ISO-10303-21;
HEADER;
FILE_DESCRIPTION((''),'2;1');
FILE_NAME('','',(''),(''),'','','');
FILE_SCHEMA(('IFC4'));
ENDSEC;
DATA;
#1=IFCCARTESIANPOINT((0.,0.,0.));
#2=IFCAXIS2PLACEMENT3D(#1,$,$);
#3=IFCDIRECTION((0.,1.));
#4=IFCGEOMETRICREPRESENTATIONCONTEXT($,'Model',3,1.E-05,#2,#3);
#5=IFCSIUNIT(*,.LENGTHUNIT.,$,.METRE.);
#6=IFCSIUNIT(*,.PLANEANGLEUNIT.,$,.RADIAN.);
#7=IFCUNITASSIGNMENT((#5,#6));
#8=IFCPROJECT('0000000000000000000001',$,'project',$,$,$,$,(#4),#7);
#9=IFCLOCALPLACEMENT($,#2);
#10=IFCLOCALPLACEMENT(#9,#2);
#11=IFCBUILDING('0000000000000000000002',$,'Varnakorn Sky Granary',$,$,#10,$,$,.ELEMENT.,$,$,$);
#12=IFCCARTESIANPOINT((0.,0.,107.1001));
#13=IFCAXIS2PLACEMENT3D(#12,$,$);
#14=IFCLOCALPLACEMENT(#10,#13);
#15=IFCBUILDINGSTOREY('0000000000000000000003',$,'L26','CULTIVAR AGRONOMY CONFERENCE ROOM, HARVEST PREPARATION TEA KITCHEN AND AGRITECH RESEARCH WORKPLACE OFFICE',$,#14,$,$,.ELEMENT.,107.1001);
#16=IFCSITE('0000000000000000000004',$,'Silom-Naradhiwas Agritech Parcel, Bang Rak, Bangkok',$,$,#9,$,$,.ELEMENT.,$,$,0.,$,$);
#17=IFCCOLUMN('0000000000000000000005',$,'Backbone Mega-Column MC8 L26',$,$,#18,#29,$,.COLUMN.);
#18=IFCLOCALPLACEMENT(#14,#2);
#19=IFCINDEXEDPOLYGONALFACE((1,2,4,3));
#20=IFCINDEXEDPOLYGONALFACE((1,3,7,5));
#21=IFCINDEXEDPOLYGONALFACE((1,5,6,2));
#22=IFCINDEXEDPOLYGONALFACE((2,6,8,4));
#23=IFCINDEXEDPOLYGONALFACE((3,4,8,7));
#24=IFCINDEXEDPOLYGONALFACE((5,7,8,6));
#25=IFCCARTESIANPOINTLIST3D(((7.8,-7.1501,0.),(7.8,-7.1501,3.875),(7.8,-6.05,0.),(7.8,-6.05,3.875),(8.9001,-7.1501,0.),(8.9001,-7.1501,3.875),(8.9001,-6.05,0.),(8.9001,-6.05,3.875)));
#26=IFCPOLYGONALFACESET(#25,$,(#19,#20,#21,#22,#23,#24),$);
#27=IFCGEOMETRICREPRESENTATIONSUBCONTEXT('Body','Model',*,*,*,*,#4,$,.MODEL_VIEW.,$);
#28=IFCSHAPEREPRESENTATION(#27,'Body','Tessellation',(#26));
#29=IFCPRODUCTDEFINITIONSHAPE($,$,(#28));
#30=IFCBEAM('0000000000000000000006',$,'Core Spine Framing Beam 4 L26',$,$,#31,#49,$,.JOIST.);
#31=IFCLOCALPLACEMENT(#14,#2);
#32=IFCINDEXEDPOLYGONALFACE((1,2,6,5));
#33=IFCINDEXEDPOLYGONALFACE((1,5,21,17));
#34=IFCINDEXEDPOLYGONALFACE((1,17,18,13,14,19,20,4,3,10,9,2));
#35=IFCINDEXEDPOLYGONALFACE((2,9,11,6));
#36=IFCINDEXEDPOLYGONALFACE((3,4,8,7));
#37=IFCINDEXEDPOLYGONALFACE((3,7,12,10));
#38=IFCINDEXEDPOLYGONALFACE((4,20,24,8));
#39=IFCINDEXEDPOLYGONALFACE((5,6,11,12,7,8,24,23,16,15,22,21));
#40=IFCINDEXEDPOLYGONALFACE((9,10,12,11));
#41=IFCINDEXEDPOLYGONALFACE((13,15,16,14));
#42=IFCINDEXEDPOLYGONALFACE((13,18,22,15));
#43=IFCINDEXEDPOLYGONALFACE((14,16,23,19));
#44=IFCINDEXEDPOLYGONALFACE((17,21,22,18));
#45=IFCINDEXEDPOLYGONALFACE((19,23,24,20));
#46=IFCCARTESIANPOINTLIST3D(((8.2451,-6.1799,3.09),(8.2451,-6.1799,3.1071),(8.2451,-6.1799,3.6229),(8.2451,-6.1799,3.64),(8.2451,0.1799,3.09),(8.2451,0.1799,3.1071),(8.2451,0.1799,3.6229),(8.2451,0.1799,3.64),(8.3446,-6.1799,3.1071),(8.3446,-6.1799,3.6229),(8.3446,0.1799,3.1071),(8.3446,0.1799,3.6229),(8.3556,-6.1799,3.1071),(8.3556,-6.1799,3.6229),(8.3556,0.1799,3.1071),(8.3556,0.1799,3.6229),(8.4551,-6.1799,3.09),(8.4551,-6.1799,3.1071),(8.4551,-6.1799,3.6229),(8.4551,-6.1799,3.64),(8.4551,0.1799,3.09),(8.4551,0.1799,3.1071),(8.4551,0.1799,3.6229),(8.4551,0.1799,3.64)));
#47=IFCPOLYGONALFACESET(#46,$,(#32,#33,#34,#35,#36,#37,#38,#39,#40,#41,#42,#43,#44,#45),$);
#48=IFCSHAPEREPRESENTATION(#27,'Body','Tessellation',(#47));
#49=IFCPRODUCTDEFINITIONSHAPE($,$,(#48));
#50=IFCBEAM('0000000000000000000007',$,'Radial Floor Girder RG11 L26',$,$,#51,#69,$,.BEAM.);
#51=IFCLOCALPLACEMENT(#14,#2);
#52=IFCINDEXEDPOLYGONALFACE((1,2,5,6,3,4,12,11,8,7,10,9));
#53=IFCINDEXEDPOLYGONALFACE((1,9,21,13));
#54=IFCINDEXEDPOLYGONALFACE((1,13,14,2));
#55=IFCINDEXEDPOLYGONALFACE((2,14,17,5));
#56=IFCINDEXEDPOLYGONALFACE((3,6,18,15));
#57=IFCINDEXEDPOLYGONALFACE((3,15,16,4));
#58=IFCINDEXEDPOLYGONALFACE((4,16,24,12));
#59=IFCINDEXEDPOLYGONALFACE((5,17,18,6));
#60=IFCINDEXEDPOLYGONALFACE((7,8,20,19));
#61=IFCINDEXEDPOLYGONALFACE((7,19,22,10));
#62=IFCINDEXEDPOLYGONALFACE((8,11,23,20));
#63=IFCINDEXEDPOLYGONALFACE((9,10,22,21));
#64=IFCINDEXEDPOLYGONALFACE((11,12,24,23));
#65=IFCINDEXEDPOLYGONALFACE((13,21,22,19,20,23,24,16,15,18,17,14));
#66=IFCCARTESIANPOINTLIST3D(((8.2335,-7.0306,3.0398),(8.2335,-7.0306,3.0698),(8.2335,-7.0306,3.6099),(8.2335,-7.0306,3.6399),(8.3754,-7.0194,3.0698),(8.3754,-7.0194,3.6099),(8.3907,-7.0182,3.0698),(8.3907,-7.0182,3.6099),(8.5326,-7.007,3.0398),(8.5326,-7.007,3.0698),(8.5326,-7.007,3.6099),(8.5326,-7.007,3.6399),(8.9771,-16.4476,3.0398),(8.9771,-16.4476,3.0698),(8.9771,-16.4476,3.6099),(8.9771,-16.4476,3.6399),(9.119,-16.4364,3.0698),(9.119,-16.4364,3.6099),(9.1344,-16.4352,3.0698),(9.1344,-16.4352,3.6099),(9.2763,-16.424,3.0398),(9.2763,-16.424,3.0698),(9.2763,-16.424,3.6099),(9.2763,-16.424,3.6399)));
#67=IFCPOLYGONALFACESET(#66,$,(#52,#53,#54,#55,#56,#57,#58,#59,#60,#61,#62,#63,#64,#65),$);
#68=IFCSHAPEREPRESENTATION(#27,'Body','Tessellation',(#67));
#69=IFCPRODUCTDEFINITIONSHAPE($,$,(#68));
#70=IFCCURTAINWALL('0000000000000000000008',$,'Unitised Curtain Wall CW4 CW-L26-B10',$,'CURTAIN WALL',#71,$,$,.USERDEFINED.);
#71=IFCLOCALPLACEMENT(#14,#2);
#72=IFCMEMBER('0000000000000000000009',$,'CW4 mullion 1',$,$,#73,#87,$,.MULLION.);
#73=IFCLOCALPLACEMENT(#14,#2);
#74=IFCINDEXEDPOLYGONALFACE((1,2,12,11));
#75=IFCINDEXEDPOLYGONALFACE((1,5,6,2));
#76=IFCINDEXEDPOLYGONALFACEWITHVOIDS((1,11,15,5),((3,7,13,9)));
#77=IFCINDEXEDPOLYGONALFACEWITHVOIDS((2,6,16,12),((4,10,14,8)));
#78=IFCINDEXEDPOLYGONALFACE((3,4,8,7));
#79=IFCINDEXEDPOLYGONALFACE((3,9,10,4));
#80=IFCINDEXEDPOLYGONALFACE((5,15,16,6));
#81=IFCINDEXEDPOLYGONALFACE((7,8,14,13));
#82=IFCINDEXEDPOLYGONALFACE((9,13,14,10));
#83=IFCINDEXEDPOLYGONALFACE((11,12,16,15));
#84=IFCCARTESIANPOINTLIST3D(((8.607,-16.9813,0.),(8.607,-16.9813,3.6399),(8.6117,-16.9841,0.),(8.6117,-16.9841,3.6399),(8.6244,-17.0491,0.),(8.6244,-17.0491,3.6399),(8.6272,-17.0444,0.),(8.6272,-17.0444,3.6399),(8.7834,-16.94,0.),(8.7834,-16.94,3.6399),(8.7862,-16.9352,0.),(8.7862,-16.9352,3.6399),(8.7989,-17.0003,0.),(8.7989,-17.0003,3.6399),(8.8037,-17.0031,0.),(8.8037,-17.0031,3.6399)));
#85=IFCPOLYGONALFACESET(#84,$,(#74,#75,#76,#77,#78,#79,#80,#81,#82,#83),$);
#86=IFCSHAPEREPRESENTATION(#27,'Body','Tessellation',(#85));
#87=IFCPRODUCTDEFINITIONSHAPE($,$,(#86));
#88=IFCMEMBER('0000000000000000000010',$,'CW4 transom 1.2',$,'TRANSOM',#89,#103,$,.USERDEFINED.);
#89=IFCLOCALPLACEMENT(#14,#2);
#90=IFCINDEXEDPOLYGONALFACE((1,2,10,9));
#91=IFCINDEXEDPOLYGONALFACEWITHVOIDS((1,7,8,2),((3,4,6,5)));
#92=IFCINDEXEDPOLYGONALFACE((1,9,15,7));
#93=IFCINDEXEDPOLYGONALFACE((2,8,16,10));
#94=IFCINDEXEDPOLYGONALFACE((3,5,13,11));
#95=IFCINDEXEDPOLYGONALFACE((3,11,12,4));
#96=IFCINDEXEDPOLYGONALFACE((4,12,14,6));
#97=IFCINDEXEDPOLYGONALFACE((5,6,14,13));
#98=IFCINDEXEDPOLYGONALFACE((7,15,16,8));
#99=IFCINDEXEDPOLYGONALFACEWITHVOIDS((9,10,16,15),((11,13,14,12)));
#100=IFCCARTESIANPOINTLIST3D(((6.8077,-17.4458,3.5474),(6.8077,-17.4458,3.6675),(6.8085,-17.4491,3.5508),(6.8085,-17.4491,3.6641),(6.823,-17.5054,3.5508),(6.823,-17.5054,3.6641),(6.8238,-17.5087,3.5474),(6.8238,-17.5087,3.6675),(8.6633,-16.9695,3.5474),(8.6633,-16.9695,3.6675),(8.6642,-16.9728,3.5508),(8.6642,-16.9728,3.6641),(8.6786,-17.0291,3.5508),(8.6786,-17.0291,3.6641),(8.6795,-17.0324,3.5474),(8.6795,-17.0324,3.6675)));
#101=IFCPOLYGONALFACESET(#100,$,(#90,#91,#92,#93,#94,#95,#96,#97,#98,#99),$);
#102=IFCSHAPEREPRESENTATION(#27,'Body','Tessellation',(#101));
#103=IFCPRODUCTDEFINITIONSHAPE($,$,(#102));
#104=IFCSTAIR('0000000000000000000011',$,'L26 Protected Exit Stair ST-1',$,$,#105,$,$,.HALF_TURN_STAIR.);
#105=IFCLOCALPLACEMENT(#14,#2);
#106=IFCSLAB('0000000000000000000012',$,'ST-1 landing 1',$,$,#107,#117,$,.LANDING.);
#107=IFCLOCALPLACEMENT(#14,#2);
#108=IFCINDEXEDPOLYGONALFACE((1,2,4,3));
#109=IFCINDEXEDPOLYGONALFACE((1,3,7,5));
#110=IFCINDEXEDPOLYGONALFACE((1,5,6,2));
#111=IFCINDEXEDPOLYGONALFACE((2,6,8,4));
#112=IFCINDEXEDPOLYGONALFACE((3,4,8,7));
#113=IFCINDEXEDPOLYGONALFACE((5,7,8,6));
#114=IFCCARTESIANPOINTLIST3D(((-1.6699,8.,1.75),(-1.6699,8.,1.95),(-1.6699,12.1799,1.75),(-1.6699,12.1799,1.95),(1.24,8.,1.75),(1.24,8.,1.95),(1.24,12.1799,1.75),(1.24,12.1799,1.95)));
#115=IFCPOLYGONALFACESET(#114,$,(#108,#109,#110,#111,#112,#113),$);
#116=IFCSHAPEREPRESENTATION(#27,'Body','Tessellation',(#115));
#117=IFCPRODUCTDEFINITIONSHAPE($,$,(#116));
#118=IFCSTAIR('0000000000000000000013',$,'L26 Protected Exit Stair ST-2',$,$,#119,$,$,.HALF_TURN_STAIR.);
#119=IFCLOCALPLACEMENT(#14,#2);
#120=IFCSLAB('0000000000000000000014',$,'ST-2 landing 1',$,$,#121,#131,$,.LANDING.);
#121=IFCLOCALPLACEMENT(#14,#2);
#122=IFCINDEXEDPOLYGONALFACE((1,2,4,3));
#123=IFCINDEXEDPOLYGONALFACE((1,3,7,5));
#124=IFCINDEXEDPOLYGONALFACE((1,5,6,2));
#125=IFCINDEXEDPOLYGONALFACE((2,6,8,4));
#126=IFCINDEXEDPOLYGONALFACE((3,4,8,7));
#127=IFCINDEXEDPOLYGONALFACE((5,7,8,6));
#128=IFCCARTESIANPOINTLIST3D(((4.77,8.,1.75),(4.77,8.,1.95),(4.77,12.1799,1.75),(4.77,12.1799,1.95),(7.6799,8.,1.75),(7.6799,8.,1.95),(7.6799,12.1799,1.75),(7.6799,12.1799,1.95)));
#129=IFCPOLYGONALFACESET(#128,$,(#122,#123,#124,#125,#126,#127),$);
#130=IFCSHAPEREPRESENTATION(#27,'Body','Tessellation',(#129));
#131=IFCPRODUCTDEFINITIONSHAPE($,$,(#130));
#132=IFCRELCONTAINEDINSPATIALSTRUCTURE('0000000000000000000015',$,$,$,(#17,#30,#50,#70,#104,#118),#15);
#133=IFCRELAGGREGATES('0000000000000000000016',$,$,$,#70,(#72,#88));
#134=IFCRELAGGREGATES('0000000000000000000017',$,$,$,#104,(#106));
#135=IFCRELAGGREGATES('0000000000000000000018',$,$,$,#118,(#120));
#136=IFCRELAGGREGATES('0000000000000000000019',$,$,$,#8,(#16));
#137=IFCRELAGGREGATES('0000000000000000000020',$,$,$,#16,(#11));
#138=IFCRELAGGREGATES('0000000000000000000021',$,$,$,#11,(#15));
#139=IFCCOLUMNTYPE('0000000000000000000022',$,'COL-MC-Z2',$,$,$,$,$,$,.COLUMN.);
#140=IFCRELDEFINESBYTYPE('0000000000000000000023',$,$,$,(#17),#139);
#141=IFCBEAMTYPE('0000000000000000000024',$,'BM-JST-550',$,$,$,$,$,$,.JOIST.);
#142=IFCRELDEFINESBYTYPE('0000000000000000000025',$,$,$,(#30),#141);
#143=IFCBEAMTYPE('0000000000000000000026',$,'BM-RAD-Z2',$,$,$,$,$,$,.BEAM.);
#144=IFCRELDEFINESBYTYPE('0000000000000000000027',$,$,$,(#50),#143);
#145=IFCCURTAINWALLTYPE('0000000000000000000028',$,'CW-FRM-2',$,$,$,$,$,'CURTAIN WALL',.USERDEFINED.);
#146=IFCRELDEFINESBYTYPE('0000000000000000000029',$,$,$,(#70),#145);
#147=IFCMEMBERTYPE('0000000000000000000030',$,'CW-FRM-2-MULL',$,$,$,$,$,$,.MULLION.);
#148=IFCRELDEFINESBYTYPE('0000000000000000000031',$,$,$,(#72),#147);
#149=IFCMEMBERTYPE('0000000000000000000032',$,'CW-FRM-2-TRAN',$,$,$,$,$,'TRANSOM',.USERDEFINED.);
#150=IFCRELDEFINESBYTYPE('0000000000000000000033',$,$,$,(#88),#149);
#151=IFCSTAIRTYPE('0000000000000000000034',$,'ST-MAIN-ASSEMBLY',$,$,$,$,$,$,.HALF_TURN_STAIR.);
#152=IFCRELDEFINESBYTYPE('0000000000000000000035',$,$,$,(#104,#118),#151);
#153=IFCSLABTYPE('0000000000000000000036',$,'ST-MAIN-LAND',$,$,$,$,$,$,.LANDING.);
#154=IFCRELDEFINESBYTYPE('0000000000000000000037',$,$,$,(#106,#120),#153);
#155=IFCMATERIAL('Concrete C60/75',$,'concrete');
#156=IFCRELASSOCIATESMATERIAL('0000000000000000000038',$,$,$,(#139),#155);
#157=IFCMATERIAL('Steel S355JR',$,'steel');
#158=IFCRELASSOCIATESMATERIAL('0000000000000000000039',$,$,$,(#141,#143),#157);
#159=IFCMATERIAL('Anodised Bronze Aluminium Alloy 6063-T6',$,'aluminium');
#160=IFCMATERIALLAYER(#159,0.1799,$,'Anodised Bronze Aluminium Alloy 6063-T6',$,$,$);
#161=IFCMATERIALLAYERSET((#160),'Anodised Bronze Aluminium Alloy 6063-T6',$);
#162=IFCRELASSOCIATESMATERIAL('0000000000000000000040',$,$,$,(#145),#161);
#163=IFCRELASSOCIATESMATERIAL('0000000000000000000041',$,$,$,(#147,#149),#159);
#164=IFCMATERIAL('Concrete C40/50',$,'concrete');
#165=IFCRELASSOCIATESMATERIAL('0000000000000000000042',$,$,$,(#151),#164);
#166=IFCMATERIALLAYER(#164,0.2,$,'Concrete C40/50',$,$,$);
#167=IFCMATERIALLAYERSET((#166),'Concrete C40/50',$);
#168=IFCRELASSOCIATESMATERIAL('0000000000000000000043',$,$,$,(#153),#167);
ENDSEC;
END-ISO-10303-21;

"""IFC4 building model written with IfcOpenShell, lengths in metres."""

from ifc_helpers import new_model, si_unit, direction, frame, origin, origin_2d, place, context, subcontext, project, spatial, polyline, rectangle, hollow_rectangle, i_section, outline, extrude, material, layer, layer_set, material_profile, profile_set, type_object, element, aggregate, save


model = new_model("IFC4")

# Units and contexts
model_context = context("Model", 3, precision=1e-05, world=origin(), true_north=direction((0.0, 1.0)))
body_context = subcontext(model_context, "Body", "Model", "MODEL_VIEW")
ifc_project = project(units=[si_unit("LENGTHUNIT", "METRE"), si_unit("PLANEANGLEUNIT", "RADIAN")], contexts=[model_context])

# Site, building, storey
site_placement = place(None, origin())
site = spatial("IfcSite", under=ifc_project, at=site_placement, Name="Silom-Naradhiwas Agritech Parcel, Bang Rak, Bangkok", CompositionType="ELEMENT", RefElevation=0.0)
building_placement = place(site_placement, origin())
building = spatial("IfcBuilding", under=site, at=building_placement, Name="Varnakorn Sky Granary", CompositionType="ELEMENT")
storey_placement = place(building_placement, frame((0.0, 0.0, 107.1001)))
storey = spatial("IfcBuildingStorey", under=building, at=storey_placement, Name="L26", Description="CULTIVAR AGRONOMY CONFERENCE ROOM, HARVEST PREPARATION TEA KITCHEN AND AGRITECH RESEARCH WORKPLACE OFFICE", CompositionType="ELEMENT", Elevation=107.1001)

# Column
ifc_material_1 = material(Name="Concrete C60/75", Category="concrete")
ifc_material_profile_1 = material_profile(ifc_material_1, rectangle(XDim=1.1001, YDim=1.1001, at=origin_2d()), Name="RC 1100x1100")
ifc_profile_set_1 = profile_set([ifc_material_profile_1], Name="Concrete C60/75")
column_type = type_object("IfcColumnType", Name="COL-MC-Z2", PredefinedType="COLUMN", material=ifc_profile_set_1)
column_placement = place(storey_placement, frame((8.3501, -6.6001, 0.0), z_axis=(0.0, 0.0, 1.0), x_axis=(1.0, 0.0, 0.0)))
element("IfcColumn", 1, at=column_placement, inside=storey, type_object=column_type, Name="Backbone Mega-Column MC8 L26", PredefinedType="COLUMN", context=body_context, shape_type="SweptSolid", body=[
    extrude(rectangle(XDim=1.1001, YDim=1.1001, at=origin_2d()), origin(), (0.0, 0.0, 1.0), 3.875),
])

# Beams
ifc_material_2 = material(Name="Steel S355JR", Category="steel")
ifc_material_profile_2 = material_profile(ifc_material_2, i_section(OverallWidth=0.21, OverallDepth=0.55, WebThickness=0.011, FlangeThickness=0.0171, at=origin_2d()), Name="IPE 550")
ifc_profile_set_2 = profile_set([ifc_material_profile_2], Name="Steel S355JR")
beam_type_1 = type_object("IfcBeamType", Name="BM-JST-550", PredefinedType="JOIST", material=ifc_profile_set_2)
beam_1_placement = place(storey_placement, frame((8.3501, 0.1799, 3.365), z_axis=(0.0, -1.0, 0.0), x_axis=(1.0, 0.0, 0.0)))
element("IfcBeam", 2, at=beam_1_placement, inside=storey, type_object=beam_type_1, Name="Core Spine Framing Beam 4 L26", PredefinedType="JOIST", context=body_context, shape_type="SweptSolid", body=[
    extrude(i_section(OverallWidth=0.21, OverallDepth=0.55, WebThickness=0.011, FlangeThickness=0.0171, at=origin_2d()), origin(), (0.0, 0.0, 1.0), 6.3599),
])
ifc_material_profile_3 = material_profile(ifc_material_2, i_section(OverallWidth=0.3, OverallDepth=0.6001, WebThickness=0.0154, FlangeThickness=0.03, at=origin_2d()), Name="HE 600 B")
ifc_profile_set_3 = profile_set([ifc_material_profile_3], Name="Steel S355JR")
beam_type_2 = type_object("IfcBeamType", Name="BM-RAD-Z2", PredefinedType="BEAM", material=ifc_profile_set_3)
beam_2_placement = place(storey_placement, frame((8.3831, -7.0188, 3.3398), z_axis=(0.078724, -0.996896, 0.0), x_axis=(0.996896, 0.078724, 0.0)))
element("IfcBeam", 3, at=beam_2_placement, inside=storey, type_object=beam_type_2, Name="Radial Floor Girder RG11 L26", PredefinedType="BEAM", context=body_context, shape_type="SweptSolid", body=[
    extrude(i_section(OverallWidth=0.3, OverallDepth=0.6001, WebThickness=0.0154, FlangeThickness=0.03, at=origin_2d()), origin(), (0.0, 0.0, 1.0), 9.4463),
])

# Curtain wall, members
ifc_material_3 = material(Name="Anodised Bronze Aluminium Alloy 6063-T6", Category="aluminium")
ifc_layer_1 = layer(ifc_material_3, 0.1799, Name="Anodised Bronze Aluminium Alloy 6063-T6")
ifc_layer_set_1 = layer_set([ifc_layer_1], Name="Anodised Bronze Aluminium Alloy 6063-T6")
curtain_wall_type = type_object("IfcCurtainWallType", Name="CW-FRM-2", ElementType="CURTAIN WALL", PredefinedType="USERDEFINED", material=ifc_layer_set_1)
curtain_wall_placement = place(storey_placement, origin())
curtain_wall = element("IfcCurtainWall", 4, at=curtain_wall_placement, inside=storey, type_object=curtain_wall_type, Name="Unitised Curtain Wall CW4 CW-L26-B10", ObjectType="CURTAIN WALL", PredefinedType="USERDEFINED")
ifc_material_profile_4 = material_profile(ifc_material_3, hollow_rectangle(XDim=0.0701, YDim=0.1851, WallThickness=0.0039, at=origin_2d()), Name="ALU MULL 70x185")
ifc_profile_set_4 = profile_set([ifc_material_profile_4], Name="Anodised Bronze Aluminium Alloy 6063-T6")
member_type_1 = type_object("IfcMemberType", Name="CW-FRM-2-MULL", PredefinedType="MULLION", material=ifc_profile_set_4)
member_1_placement = place(storey_placement, frame((8.7053, -16.9922, 0.0), z_axis=(0.0, 0.0, 1.0), x_axis=(0.248636, -0.968597, 0.0)))
member_1 = element("IfcMember", 5, at=member_1_placement, type_object=member_type_1, Name="CW4 mullion 1", PredefinedType="MULLION", context=body_context, shape_type="SweptSolid", body=[
    extrude(hollow_rectangle(XDim=0.0701, YDim=0.1851, WallThickness=0.0039, at=origin_2d()), origin(), (0.0, 0.0, 1.0), 3.6399),
])
ifc_material_profile_5 = material_profile(ifc_material_3, hollow_rectangle(XDim=0.0649, YDim=0.1201, WallThickness=0.0034, at=origin_2d()), Name="ALU TRAN 65x120")
ifc_profile_set_5 = profile_set([ifc_material_profile_5], Name="Anodised Bronze Aluminium Alloy 6063-T6")
member_type_2 = type_object("IfcMemberType", Name="CW-FRM-2-TRAN", ElementType="TRANSOM", PredefinedType="USERDEFINED", material=ifc_profile_set_5)
member_2_placement = place(storey_placement, frame((8.6714, -17.001, 3.6074), z_axis=(-0.968602, -0.248618, 0.0), x_axis=(0.248618, -0.968602, 0.0)))
member_2 = element("IfcMember", 6, at=member_2_placement, type_object=member_type_2, Name="CW4 transom 1.2", ObjectType="TRANSOM", PredefinedType="USERDEFINED", context=body_context, shape_type="SweptSolid", body=[
    extrude(hollow_rectangle(XDim=0.0649, YDim=0.1201, WallThickness=0.0034, at=origin_2d()), origin(), (0.0, 0.0, 1.0), 1.9158),
])
aggregate(curtain_wall, [member_1, member_2])

# Stairs, slabs
ifc_material_4 = material(Name="Concrete C40/50", Category="concrete")
stair_type = type_object("IfcStairType", Name="ST-MAIN-ASSEMBLY", PredefinedType="HALF_TURN_STAIR", material=ifc_material_4)
stair_1_placement = place(storey_placement, origin())
stair_1 = element("IfcStair", 7, at=stair_1_placement, inside=storey, type_object=stair_type, Name="L26 Protected Exit Stair ST-1", PredefinedType="HALF_TURN_STAIR")
ifc_layer_2 = layer(ifc_material_4, 0.2, Name="Concrete C40/50")
ifc_layer_set_2 = layer_set([ifc_layer_2], Name="Concrete C40/50")
slab_type_1 = type_object("IfcSlabType", Name="ST-MAIN-LAND", PredefinedType="LANDING", material=ifc_layer_set_2)
slab_1_placement = place(storey_placement, frame((0.0, 0.0, 1.75)))
slab_1 = element("IfcSlab", 8, at=slab_1_placement, type_object=slab_type_1, Name="ST-1 landing 1", PredefinedType="LANDING", context=body_context, shape_type="SweptSolid", body=[
    extrude(outline(polyline([(1.24, 8.0), (1.24, 12.1799), (-1.6699, 12.1799), (-1.6699, 8.0), (1.24, 8.0)])), origin(), (0.0, 0.0, 1.0), 0.2),
])
aggregate(stair_1, [slab_1])
stair_2_placement = place(storey_placement, origin())
stair_2 = element("IfcStair", 9, at=stair_2_placement, inside=storey, type_object=stair_type, Name="L26 Protected Exit Stair ST-2", PredefinedType="HALF_TURN_STAIR")
slab_2_placement = place(storey_placement, frame((0.0, 0.0, 1.75)))
slab_2 = element("IfcSlab", 10, at=slab_2_placement, type_object=slab_type_1, Name="ST-2 landing 1", PredefinedType="LANDING", context=body_context, shape_type="SweptSolid", body=[
    extrude(outline(polyline([(7.6799, 8.0), (7.6799, 12.1799), (4.77, 12.1799), (4.77, 8.0), (7.6799, 8.0)])), origin(), (0.0, 0.0, 1.0), 0.2),
])
aggregate(stair_2, [slab_2])

save(model, "model.ifc")
